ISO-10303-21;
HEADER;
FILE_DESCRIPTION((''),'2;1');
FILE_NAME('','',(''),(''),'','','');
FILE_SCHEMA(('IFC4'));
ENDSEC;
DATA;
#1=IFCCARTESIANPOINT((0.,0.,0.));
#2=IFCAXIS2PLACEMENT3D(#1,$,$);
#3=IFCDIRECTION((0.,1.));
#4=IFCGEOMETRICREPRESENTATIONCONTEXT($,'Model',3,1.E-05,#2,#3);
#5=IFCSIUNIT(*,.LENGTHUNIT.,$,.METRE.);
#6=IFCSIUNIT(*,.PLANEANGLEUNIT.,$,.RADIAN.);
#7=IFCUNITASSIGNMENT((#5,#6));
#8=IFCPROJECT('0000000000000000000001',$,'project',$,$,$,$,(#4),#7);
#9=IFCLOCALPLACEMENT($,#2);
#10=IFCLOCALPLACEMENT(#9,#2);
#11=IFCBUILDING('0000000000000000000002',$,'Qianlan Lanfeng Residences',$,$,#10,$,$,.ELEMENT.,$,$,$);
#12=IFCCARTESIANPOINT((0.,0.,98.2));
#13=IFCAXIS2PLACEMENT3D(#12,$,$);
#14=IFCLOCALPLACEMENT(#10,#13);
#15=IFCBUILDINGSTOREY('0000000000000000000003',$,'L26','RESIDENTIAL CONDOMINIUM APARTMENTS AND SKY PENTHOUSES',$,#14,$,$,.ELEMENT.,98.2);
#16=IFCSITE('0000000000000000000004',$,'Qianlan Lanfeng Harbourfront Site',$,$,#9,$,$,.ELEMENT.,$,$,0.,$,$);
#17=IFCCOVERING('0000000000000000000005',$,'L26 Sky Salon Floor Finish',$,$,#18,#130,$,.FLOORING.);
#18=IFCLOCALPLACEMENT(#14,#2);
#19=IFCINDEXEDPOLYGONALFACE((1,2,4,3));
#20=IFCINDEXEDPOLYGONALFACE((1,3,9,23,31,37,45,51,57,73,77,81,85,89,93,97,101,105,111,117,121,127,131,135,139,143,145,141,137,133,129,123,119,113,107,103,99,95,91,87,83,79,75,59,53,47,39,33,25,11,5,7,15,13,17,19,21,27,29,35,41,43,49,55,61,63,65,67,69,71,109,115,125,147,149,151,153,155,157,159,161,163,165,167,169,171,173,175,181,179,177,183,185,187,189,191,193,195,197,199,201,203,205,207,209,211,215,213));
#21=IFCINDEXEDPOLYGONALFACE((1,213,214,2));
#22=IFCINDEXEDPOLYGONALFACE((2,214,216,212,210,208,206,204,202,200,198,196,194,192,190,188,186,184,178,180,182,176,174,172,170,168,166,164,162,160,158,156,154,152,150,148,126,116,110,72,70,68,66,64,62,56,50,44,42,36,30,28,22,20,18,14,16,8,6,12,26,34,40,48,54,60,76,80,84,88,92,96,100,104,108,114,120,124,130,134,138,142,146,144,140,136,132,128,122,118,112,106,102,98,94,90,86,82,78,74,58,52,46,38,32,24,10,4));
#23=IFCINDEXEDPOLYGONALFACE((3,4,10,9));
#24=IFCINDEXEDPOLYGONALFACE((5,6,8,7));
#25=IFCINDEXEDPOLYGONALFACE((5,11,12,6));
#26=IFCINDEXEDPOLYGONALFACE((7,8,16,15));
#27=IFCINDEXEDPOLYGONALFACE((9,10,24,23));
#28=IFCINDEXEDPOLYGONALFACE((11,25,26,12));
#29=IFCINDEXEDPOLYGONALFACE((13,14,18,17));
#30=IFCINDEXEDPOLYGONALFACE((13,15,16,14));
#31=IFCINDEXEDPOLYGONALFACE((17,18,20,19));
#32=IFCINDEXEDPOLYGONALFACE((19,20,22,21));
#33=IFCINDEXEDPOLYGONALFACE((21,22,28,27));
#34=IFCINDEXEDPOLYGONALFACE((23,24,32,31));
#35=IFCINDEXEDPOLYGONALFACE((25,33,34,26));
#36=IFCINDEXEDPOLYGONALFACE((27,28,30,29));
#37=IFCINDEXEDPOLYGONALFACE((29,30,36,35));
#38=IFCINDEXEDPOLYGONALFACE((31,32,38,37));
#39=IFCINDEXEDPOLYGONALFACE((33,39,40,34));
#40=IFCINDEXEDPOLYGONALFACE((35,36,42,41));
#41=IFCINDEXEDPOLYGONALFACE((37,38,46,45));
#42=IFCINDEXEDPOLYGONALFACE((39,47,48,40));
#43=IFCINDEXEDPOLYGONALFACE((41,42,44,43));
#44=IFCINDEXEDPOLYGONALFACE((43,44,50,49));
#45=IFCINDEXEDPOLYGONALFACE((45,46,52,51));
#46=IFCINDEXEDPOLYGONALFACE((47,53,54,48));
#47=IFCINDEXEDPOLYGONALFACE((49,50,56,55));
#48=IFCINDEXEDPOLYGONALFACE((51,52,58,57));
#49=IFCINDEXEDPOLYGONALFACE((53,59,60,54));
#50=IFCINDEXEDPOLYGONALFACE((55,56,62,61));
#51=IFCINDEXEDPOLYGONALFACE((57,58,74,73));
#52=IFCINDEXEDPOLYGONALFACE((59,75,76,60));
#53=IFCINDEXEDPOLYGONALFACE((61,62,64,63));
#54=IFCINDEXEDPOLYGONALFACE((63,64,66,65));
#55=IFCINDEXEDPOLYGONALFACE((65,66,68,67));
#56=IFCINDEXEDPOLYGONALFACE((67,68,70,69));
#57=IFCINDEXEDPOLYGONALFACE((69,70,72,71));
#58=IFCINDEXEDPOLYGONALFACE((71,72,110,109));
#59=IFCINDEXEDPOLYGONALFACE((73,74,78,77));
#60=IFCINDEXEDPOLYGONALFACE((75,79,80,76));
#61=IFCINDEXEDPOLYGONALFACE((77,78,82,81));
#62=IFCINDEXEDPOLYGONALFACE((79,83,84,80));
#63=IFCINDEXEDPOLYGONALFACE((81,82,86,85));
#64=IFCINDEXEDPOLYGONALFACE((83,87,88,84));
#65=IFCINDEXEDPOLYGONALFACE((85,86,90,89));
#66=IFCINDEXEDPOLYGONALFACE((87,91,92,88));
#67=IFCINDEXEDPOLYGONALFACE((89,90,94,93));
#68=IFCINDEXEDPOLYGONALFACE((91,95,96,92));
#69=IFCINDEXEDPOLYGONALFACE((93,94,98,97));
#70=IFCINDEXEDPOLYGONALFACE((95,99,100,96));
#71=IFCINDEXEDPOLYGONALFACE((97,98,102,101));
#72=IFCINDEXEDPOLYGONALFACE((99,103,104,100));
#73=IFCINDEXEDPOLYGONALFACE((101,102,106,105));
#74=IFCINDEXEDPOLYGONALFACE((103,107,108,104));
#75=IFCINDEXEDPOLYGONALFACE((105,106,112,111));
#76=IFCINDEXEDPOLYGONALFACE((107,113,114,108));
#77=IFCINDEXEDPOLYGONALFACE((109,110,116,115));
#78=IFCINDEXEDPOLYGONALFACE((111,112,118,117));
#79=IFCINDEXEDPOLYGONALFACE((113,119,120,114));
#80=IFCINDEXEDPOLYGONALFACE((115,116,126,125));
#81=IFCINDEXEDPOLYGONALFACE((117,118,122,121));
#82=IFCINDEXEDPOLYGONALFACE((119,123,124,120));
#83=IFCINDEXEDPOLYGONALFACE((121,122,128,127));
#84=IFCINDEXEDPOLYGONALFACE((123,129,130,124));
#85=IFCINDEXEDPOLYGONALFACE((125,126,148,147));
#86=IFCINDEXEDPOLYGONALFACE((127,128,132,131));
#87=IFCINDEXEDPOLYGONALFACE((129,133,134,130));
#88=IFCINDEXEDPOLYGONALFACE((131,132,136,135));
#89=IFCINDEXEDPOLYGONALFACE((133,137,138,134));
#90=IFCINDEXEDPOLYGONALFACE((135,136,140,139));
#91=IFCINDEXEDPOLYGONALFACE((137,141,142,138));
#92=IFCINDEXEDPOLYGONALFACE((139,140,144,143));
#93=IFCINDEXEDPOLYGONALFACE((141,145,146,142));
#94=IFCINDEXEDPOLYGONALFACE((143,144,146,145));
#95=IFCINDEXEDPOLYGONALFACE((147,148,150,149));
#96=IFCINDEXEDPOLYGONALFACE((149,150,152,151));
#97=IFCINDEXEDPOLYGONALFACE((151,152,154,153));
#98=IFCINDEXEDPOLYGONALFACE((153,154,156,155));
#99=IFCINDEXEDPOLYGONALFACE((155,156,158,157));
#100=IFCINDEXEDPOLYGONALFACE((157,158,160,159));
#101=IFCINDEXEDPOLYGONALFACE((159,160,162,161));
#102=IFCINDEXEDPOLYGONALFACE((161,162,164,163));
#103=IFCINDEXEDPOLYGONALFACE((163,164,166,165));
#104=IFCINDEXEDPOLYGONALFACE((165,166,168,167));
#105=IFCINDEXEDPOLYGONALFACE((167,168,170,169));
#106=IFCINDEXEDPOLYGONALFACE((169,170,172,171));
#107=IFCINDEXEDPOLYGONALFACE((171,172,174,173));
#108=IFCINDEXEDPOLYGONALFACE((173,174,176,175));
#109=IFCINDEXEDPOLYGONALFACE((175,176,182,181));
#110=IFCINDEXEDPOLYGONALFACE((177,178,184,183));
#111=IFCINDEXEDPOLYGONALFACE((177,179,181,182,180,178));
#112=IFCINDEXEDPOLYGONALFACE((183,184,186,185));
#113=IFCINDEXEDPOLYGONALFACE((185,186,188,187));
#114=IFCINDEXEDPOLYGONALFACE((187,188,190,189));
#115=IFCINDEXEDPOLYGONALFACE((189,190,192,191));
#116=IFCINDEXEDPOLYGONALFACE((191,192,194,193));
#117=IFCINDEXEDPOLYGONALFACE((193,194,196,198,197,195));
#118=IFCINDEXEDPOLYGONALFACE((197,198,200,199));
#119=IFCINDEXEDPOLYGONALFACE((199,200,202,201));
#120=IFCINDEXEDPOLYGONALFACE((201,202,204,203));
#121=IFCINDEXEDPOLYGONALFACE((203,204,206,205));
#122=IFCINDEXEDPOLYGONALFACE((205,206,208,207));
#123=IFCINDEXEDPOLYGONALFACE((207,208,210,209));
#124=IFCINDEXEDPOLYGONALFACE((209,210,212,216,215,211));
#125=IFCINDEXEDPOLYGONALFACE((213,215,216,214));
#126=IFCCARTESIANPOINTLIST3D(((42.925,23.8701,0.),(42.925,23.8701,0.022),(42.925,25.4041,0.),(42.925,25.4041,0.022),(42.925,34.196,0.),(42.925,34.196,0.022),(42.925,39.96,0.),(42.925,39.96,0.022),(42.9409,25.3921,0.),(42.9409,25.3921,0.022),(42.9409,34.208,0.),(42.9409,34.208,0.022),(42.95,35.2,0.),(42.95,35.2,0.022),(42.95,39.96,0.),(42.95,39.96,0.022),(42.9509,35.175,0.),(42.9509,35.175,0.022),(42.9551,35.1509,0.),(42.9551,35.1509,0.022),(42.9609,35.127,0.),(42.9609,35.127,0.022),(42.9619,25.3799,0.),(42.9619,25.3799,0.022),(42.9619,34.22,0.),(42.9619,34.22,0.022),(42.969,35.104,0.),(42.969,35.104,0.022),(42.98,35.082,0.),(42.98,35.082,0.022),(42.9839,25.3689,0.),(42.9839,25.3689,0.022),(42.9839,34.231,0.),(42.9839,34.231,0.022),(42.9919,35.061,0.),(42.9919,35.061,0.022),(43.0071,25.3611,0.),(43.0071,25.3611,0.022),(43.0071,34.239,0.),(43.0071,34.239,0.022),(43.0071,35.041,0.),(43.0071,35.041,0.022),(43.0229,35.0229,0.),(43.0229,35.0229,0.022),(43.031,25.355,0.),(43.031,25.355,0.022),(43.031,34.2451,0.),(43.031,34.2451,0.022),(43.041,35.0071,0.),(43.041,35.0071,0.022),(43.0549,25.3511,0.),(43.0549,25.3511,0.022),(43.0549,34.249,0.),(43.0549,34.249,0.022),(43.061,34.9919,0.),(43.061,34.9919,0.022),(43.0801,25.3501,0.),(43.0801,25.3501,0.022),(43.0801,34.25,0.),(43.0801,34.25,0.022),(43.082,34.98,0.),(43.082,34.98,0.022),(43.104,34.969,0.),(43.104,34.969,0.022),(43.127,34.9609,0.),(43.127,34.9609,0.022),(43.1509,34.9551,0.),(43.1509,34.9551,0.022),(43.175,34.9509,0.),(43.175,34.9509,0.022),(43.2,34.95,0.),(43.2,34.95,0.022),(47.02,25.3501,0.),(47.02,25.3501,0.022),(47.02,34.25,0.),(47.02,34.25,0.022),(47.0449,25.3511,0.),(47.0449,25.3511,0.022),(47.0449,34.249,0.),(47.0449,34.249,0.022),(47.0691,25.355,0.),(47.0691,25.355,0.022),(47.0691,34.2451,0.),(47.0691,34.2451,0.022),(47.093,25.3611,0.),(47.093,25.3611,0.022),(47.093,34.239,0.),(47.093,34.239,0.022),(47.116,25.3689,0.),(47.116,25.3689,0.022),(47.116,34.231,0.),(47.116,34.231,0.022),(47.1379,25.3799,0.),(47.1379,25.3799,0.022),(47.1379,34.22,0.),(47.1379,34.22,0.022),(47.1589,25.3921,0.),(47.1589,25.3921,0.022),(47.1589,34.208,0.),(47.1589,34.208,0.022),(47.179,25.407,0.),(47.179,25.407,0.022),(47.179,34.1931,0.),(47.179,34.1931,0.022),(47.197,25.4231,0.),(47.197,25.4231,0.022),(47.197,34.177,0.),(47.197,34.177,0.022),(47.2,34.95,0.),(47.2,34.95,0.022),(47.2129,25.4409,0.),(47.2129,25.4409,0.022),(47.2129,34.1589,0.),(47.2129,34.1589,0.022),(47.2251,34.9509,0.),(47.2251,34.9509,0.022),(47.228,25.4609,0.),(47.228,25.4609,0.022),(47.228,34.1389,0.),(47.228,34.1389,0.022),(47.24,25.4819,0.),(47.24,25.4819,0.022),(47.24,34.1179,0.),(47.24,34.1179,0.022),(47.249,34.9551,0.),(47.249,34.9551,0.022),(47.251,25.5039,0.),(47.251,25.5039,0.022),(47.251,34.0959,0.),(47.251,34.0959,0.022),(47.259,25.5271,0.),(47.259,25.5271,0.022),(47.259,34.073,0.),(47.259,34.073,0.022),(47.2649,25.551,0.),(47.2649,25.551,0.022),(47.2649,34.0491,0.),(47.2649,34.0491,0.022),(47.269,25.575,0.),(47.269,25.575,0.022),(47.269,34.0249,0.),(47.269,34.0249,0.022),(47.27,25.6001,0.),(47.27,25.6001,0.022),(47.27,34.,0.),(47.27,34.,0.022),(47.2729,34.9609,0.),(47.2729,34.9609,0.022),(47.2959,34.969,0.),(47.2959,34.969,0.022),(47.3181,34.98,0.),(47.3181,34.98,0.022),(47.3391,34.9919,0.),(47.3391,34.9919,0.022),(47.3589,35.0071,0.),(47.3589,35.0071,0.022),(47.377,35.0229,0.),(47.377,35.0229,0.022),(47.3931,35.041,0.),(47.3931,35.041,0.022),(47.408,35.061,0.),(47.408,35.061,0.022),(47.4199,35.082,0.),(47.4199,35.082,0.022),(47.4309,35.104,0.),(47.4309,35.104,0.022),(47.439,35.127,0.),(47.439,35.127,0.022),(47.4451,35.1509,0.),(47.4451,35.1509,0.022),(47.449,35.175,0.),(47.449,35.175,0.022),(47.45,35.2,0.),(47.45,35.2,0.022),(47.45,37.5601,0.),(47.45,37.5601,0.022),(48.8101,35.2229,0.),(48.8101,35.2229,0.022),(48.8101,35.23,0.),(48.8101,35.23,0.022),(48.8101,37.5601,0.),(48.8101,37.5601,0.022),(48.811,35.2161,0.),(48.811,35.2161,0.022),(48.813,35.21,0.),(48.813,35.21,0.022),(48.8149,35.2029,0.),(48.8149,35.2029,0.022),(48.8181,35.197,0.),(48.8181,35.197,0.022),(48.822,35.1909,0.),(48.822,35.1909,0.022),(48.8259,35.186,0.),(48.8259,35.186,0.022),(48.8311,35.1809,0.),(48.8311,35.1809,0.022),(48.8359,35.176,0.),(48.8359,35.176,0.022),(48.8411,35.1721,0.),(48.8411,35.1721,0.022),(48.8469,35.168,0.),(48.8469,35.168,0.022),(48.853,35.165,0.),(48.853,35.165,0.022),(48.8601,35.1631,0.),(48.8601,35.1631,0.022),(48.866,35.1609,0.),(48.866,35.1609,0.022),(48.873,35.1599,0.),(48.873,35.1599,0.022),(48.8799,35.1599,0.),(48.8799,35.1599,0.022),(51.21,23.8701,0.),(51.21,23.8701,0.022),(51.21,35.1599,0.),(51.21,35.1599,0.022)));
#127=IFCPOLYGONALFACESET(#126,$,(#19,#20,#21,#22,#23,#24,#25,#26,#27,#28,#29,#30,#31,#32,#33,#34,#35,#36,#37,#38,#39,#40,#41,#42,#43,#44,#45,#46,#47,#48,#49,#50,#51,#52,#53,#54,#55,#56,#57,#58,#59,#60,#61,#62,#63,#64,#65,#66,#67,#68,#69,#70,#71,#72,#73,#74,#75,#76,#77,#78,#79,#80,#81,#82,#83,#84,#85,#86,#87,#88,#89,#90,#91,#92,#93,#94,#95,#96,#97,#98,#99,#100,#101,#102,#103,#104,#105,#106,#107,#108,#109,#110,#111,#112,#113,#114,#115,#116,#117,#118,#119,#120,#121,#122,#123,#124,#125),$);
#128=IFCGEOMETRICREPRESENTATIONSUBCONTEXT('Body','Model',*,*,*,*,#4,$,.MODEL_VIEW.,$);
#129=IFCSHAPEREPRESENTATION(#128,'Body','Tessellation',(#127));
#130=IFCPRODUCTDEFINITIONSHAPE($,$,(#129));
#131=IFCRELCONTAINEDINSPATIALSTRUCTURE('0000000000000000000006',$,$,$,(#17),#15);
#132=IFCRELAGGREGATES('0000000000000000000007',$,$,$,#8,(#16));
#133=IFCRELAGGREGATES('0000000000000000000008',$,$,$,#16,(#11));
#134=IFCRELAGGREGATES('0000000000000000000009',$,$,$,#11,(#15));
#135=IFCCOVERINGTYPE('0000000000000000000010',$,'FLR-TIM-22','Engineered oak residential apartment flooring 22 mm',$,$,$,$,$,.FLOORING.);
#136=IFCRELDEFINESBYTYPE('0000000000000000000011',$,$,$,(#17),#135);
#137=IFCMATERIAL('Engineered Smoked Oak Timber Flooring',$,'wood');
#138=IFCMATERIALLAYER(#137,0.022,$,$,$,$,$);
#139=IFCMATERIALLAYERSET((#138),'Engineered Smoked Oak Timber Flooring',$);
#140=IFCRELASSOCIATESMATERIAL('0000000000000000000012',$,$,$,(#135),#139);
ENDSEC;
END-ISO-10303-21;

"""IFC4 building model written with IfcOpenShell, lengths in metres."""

from ifc_helpers import new_model, si_unit, direction, frame, origin, place, context, subcontext, project, spatial, polyline, outline, extrude, material, layer, layer_set, type_object, element, save


model = new_model("IFC4")

# Units and contexts
model_context = context("Model", 3, precision=1e-05, world=origin(), true_north=direction((0.0, 1.0)))
body_context = subcontext(model_context, "Body", "Model", "MODEL_VIEW")
ifc_project = project(units=[si_unit("LENGTHUNIT", "METRE"), si_unit("PLANEANGLEUNIT", "RADIAN")], contexts=[model_context])

# Site, building, storey
site_placement = place(None, origin())
site = spatial("IfcSite", under=ifc_project, at=site_placement, Name="Qianlan Lanfeng Harbourfront Site", CompositionType="ELEMENT", RefElevation=0.0)
building_placement = place(site_placement, origin())
building = spatial("IfcBuilding", under=site, at=building_placement, Name="Qianlan Lanfeng Residences", CompositionType="ELEMENT")
storey_placement = place(building_placement, frame((0.0, 0.0, 98.2)))
storey = spatial("IfcBuildingStorey", under=building, at=storey_placement, Name="L26", Description="RESIDENTIAL CONDOMINIUM APARTMENTS AND SKY PENTHOUSES", CompositionType="ELEMENT", Elevation=98.2)

# Covering
ifc_material_1 = material(Name="Engineered Smoked Oak Timber Flooring", Category="wood")
ifc_layer_1 = layer(ifc_material_1, 0.022)
ifc_layer_set_1 = layer_set([ifc_layer_1], Name="Engineered Smoked Oak Timber Flooring")
covering_type_1 = type_object("IfcCoveringType", Name="FLR-TIM-22", Description="Engineered oak residential apartment flooring 22 mm", PredefinedType="FLOORING", material=ifc_layer_set_1)
covering_1_placement = place(storey_placement, origin())
element("IfcCovering", 1, at=covering_1_placement, inside=storey, type_object=covering_type_1, Name="L26 Sky Salon Floor Finish", PredefinedType="FLOORING", context=body_context, shape_type="SweptSolid", body=[
    extrude(outline(polyline([(42.925, 23.8701), (51.21, 23.8701), (51.21, 35.1599), (48.8799, 35.1599), (48.873, 35.1599), (48.866, 35.1609), (48.8601, 35.1631), (48.853, 35.165), (48.8469, 35.168), (48.8411, 35.1721), (48.8359, 35.176), (48.8311, 35.1809), (48.8259, 35.186), (48.822, 35.1909), (48.8181, 35.197), (48.8149, 35.2029), (48.813, 35.21), (48.811, 35.2161), (48.8101, 35.2229), (48.8101, 35.23), (48.8101, 37.5601), (47.45, 37.5601), (47.45, 35.2), (47.449, 35.175), (47.4451, 35.1509), (47.439, 35.127), (47.4309, 35.104), (47.4199, 35.082), (47.408, 35.061), (47.3931, 35.041), (47.377, 35.0229), (47.3589, 35.0071), (47.3391, 34.9919), (47.3181, 34.98), (47.2959, 34.969), (47.2729, 34.9609), (47.249, 34.9551), (47.2251, 34.9509), (47.2, 34.95), (43.2, 34.95), (43.175, 34.9509), (43.1509, 34.9551), (43.127, 34.9609), (43.104, 34.969), (43.082, 34.98), (43.061, 34.9919), (43.041, 35.0071), (43.0229, 35.0229), (43.0071, 35.041), (42.9919, 35.061), (42.98, 35.082), (42.969, 35.104), (42.9609, 35.127), (42.9551, 35.1509), (42.9509, 35.175), (42.95, 35.2), (42.95, 39.96), (42.925, 39.96), (42.925, 34.196), (42.9409, 34.208), (42.9619, 34.22), (42.9839, 34.231), (43.0071, 34.239), (43.031, 34.2451), (43.0549, 34.249), (43.0801, 34.25), (47.02, 34.25), (47.0449, 34.249), (47.0691, 34.2451), (47.093, 34.239), (47.116, 34.231), (47.1379, 34.22), (47.1589, 34.208), (47.179, 34.1931), (47.197, 34.177), (47.2129, 34.1589), (47.228, 34.1389), (47.24, 34.1179), (47.251, 34.0959), (47.259, 34.073), (47.2649, 34.0491), (47.269, 34.0249), (47.27, 34.0), (47.27, 25.6001), (47.269, 25.575), (47.2649, 25.551), (47.259, 25.5271), (47.251, 25.5039), (47.24, 25.4819), (47.228, 25.4609), (47.2129, 25.4409), (47.197, 25.4231), (47.179, 25.407), (47.1589, 25.3921), (47.1379, 25.3799), (47.116, 25.3689), (47.093, 25.3611), (47.0691, 25.355), (47.0449, 25.3511), (47.02, 25.3501), (43.0801, 25.3501), (43.0549, 25.3511), (43.031, 25.355), (43.0071, 25.3611), (42.9839, 25.3689), (42.9619, 25.3799), (42.9409, 25.3921), (42.925, 25.4041), (42.925, 23.8701)])), origin(), (0.0, 0.0, 1.0), 0.022),
])

save(model, "model.ifc")
